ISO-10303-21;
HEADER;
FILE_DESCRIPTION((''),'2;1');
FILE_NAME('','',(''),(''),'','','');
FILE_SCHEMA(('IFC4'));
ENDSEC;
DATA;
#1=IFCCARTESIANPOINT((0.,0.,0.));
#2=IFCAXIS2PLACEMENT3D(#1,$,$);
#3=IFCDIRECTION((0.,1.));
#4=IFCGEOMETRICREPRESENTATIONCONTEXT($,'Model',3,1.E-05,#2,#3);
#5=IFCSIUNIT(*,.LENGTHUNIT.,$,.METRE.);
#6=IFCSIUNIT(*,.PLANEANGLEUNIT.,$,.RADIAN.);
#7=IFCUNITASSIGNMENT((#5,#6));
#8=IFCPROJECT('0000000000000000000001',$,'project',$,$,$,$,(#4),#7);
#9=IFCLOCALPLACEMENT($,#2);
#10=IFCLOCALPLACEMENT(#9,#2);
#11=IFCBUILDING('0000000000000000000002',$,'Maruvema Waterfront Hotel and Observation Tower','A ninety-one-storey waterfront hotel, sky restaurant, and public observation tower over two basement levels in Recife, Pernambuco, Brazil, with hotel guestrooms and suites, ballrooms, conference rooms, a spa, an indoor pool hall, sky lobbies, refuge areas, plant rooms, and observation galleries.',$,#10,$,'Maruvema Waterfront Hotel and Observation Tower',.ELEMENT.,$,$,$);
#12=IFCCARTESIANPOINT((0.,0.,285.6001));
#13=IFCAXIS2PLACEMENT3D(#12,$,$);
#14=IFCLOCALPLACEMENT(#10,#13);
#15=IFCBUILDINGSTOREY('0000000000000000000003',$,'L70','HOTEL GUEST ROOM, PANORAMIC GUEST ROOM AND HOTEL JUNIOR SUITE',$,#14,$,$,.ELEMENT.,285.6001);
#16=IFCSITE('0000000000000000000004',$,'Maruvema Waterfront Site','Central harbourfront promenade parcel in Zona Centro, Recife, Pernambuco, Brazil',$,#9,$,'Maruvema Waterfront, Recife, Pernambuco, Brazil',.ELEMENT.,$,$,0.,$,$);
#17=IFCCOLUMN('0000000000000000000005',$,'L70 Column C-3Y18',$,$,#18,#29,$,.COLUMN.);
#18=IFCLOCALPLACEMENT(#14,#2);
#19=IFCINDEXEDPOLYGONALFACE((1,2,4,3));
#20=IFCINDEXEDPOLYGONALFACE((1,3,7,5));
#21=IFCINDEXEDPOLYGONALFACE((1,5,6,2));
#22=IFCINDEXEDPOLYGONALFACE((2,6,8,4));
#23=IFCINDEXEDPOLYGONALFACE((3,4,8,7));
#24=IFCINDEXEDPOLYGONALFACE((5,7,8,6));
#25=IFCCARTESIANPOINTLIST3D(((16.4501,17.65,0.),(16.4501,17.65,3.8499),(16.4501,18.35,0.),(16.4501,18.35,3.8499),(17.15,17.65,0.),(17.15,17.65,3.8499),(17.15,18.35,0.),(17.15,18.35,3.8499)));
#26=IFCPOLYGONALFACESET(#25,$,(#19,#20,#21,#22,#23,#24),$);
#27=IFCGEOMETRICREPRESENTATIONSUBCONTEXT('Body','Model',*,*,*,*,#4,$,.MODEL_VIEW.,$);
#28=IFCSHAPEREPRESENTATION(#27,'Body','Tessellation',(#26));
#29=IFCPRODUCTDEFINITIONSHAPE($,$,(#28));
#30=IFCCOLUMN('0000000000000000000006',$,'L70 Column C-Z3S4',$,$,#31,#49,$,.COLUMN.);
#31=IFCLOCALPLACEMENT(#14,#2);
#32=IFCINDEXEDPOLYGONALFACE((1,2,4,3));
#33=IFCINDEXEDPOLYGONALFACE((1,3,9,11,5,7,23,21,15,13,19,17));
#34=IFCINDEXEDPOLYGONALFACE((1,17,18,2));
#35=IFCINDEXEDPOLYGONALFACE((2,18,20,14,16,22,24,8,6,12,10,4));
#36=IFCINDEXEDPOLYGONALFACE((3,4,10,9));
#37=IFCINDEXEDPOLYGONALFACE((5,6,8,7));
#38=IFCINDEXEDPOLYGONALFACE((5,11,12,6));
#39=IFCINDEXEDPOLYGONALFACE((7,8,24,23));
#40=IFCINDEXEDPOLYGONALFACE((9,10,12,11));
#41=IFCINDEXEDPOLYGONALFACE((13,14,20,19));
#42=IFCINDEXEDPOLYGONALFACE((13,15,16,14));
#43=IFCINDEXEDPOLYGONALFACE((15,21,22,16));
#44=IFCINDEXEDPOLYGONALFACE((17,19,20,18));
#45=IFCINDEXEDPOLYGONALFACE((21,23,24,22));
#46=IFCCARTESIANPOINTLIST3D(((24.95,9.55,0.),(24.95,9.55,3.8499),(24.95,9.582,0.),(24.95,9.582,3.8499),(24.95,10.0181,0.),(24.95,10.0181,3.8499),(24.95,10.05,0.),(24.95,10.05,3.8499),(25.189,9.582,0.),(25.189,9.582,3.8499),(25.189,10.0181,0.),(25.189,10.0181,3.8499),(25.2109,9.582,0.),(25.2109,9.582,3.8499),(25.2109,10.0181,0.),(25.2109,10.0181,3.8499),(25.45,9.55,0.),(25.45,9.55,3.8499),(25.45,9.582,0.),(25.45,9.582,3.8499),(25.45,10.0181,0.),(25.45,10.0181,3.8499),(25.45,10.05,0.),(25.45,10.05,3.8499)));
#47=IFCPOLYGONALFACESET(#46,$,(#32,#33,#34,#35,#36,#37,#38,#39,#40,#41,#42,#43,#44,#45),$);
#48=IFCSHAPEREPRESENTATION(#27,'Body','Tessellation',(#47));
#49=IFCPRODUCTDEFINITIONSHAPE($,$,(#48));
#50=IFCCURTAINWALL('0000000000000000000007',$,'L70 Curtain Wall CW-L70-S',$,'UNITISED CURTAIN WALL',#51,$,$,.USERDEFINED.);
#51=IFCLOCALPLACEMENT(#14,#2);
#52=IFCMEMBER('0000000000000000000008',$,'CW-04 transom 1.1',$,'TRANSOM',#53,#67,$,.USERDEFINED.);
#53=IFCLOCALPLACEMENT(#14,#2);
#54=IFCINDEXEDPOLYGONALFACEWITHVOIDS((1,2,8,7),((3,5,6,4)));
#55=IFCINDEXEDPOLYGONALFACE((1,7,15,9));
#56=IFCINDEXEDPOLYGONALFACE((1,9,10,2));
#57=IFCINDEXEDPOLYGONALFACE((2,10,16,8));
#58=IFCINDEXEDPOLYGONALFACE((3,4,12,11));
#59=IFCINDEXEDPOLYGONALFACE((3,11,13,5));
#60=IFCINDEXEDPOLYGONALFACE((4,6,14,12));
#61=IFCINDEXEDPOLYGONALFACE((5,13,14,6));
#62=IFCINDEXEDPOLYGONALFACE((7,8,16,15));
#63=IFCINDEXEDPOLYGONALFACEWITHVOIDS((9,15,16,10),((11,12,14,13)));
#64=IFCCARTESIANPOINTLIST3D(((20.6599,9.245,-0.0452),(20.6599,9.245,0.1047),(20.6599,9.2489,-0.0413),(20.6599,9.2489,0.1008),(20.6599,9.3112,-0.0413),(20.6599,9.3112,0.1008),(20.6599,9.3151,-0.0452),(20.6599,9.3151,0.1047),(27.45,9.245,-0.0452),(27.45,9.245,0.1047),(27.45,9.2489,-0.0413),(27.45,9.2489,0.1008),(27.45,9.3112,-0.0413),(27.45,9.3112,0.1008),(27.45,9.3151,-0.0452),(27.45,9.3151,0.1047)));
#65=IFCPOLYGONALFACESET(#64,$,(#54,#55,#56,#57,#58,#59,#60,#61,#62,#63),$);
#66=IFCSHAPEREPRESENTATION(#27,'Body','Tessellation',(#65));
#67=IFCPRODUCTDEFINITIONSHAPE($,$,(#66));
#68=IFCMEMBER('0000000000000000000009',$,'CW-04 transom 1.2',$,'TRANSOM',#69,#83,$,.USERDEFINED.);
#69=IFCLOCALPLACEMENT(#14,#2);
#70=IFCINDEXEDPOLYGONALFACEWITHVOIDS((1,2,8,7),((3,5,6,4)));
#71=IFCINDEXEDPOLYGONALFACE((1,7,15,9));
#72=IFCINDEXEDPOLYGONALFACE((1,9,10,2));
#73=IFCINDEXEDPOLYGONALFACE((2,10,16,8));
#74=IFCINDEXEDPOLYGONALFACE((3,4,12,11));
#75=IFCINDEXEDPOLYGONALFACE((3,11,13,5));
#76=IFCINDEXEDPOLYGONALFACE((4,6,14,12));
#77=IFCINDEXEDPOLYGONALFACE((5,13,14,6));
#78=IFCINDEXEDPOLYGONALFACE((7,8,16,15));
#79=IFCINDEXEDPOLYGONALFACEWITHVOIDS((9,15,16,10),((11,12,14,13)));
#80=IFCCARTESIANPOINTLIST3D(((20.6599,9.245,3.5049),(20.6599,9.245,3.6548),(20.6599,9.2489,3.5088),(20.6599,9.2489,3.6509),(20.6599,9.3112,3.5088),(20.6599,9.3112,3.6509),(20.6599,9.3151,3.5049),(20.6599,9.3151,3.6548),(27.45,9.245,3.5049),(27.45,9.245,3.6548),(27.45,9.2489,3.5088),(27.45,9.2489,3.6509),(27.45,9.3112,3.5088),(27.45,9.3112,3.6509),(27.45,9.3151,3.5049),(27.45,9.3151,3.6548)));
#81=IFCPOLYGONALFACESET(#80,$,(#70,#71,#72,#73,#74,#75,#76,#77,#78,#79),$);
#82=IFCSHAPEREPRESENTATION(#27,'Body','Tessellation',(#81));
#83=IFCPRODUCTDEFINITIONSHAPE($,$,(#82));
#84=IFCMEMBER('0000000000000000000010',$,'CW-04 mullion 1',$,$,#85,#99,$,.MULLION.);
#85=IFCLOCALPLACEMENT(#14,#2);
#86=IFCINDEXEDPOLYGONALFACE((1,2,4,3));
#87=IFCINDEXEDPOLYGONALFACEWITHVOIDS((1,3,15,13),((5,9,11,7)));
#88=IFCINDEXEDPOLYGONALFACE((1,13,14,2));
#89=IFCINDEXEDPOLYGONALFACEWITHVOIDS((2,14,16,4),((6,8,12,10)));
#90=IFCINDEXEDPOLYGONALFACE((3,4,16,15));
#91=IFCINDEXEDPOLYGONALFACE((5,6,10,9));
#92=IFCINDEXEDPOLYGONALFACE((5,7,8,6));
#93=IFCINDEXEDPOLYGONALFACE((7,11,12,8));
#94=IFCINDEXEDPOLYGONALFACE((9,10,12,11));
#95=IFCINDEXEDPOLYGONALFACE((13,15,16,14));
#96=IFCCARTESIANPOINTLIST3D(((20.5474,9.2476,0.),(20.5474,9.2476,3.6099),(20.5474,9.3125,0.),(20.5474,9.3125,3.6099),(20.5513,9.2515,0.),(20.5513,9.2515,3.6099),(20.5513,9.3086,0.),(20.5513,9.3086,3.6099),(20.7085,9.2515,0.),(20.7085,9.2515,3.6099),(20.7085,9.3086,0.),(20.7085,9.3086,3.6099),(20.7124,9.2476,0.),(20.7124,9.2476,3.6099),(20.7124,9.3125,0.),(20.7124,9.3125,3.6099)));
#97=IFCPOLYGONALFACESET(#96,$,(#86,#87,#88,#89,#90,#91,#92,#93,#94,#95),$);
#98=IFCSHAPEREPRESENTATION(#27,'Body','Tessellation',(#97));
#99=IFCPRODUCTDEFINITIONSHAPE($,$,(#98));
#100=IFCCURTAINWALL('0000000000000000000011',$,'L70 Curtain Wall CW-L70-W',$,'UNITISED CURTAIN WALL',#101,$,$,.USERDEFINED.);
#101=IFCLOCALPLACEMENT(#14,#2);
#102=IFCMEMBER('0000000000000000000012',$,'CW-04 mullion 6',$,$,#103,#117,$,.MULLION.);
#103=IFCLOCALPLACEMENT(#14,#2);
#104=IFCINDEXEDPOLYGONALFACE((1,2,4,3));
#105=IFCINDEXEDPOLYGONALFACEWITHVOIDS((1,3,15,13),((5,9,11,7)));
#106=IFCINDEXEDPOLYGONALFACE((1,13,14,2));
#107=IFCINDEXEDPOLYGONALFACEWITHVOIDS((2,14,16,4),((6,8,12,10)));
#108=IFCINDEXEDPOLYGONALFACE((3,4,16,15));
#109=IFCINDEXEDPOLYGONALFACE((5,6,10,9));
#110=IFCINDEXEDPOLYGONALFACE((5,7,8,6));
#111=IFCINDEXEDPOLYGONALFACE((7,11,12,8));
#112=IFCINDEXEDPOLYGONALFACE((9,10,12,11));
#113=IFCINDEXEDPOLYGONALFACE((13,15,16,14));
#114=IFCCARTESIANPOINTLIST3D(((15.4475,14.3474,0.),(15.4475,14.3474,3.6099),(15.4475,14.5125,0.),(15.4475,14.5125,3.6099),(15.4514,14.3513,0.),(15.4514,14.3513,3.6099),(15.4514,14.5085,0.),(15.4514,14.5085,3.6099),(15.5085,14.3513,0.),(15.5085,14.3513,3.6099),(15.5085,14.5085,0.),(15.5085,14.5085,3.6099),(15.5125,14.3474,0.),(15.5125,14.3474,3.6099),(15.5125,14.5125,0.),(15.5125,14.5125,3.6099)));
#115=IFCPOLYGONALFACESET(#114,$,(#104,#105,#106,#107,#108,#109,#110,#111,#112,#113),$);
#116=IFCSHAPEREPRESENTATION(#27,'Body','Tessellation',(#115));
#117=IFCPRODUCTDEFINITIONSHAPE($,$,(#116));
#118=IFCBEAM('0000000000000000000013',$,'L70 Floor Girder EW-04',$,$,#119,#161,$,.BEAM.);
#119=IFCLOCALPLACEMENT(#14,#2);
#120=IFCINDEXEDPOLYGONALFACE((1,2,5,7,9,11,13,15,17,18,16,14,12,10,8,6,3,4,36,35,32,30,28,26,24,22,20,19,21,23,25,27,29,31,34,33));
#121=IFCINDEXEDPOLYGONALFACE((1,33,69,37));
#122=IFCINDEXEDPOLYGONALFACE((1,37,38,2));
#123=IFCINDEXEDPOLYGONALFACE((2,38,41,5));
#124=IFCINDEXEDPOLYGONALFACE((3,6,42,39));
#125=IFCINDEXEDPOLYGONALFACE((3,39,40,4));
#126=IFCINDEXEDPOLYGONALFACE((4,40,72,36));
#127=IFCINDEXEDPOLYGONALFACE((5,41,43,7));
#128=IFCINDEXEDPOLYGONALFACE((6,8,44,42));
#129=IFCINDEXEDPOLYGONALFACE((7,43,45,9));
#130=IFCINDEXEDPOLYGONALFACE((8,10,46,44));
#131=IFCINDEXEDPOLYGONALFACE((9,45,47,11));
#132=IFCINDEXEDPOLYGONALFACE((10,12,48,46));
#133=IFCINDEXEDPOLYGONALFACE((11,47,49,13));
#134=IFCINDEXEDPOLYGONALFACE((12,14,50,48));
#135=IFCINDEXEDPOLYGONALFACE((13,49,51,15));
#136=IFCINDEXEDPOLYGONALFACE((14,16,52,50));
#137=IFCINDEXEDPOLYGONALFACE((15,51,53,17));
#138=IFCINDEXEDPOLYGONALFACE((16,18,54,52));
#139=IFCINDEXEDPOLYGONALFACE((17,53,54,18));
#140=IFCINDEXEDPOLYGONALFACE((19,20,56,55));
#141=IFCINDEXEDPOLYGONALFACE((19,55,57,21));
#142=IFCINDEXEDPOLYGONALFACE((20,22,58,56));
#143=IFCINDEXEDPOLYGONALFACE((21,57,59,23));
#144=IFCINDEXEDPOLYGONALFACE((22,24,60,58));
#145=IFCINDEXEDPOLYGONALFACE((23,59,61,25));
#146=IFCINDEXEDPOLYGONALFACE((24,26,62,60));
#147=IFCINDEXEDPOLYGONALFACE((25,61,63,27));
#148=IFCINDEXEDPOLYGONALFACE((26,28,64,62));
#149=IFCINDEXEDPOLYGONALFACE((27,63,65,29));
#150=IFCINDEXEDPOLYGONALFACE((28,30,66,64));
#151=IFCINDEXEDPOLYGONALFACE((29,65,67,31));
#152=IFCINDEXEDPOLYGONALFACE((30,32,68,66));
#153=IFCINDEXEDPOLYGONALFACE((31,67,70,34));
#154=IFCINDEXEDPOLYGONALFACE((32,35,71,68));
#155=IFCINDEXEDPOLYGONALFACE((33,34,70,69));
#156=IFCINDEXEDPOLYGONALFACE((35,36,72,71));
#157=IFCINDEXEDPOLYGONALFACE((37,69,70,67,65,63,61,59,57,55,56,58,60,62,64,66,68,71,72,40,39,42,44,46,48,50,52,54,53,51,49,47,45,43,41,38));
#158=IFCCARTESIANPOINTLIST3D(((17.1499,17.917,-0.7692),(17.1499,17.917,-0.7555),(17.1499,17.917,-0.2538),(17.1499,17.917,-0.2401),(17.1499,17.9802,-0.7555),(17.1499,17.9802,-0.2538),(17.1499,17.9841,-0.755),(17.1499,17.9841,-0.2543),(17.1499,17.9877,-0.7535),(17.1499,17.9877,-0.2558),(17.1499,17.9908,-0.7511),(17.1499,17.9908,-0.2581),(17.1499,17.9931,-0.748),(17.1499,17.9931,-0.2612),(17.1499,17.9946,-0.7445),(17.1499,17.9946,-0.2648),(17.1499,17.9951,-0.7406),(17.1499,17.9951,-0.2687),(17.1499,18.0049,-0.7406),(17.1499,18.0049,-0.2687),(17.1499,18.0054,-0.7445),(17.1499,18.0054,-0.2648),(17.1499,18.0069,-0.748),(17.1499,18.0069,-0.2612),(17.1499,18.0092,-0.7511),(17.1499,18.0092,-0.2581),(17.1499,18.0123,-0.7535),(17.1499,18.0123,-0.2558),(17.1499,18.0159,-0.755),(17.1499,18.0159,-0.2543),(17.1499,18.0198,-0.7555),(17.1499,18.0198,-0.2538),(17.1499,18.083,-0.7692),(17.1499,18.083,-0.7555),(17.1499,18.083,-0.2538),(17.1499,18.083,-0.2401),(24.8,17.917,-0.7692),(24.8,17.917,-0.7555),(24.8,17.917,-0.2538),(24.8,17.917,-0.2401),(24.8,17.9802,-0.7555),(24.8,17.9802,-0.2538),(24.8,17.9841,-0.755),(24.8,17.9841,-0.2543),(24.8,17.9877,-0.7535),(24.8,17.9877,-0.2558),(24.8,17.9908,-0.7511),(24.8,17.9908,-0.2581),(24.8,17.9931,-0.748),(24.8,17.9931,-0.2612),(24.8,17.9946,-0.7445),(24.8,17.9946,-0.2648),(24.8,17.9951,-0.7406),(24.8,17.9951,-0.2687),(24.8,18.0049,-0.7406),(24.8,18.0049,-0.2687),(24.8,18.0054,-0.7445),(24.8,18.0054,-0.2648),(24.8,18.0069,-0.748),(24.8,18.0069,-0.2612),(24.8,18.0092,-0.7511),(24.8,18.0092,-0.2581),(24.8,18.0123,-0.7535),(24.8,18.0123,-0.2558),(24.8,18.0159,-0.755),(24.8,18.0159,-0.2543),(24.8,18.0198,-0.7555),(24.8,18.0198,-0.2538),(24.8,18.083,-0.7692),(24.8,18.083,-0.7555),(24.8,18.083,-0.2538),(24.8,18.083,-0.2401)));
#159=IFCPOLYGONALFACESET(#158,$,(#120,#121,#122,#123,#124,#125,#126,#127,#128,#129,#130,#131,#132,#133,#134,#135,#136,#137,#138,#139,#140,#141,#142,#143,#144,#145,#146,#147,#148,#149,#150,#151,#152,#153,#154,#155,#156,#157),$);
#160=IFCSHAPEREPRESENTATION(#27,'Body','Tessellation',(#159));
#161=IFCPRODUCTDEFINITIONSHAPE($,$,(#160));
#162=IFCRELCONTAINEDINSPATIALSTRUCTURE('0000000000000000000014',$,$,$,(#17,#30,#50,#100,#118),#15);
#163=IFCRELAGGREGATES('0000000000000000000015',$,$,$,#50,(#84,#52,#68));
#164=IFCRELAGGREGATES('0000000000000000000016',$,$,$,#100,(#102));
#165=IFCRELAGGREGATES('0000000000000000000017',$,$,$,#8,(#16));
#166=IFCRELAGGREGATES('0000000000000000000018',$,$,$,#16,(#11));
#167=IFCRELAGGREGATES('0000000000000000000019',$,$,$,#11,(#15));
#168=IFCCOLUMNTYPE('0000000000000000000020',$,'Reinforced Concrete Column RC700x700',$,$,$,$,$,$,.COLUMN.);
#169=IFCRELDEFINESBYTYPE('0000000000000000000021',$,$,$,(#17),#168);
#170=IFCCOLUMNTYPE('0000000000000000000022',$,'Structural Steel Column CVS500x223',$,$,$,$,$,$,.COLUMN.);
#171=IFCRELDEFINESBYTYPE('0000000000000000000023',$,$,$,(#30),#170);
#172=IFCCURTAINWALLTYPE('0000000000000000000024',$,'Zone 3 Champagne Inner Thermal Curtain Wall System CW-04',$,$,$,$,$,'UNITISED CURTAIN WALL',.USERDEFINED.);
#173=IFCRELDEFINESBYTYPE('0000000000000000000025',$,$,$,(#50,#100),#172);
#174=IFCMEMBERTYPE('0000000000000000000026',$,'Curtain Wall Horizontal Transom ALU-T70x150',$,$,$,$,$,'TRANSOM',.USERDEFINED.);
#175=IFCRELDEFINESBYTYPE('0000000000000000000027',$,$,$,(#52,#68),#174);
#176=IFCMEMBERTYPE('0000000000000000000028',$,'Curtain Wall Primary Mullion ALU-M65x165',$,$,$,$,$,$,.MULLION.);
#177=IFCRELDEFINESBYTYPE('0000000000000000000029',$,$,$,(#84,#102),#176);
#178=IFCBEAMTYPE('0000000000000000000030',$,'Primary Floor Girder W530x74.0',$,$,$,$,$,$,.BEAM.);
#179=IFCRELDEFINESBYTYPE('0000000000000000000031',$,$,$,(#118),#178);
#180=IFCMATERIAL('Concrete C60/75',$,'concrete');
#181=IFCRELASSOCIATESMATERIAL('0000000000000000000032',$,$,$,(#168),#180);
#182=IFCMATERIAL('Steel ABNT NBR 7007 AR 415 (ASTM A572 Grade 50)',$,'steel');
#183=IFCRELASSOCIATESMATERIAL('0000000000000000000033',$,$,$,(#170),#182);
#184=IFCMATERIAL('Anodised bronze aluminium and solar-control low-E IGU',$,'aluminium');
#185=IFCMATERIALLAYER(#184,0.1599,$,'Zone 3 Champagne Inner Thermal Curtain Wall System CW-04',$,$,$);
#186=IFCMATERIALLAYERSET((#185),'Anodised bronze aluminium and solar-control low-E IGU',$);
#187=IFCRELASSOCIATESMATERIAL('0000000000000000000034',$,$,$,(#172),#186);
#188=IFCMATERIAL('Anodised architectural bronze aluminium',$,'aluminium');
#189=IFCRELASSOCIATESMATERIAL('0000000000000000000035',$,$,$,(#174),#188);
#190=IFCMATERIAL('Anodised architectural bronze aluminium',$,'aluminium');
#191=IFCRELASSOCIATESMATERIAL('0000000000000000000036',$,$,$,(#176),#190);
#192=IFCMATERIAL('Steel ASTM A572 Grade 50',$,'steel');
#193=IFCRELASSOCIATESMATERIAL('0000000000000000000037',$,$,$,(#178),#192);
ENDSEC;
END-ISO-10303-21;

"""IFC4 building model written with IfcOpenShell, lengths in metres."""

from ifc_helpers import new_model, si_unit, direction, frame, origin, origin_2d, place, context, subcontext, project, spatial, rectangle, hollow_rectangle, i_section, extrude, material, layer, layer_set, material_profile, profile_set, type_object, element, aggregate, save


model = new_model("IFC4")

# Units and contexts
model_context = context("Model", 3, precision=1e-05, world=origin(), true_north=direction((0.0, 1.0)))
body_context = subcontext(model_context, "Body", "Model", "MODEL_VIEW")
ifc_project = project(units=[si_unit("LENGTHUNIT", "METRE"), si_unit("PLANEANGLEUNIT", "RADIAN")], contexts=[model_context])

# Site, building, storey
site_placement = place(None, origin())
site = spatial("IfcSite", under=ifc_project, at=site_placement, Name="Maruvema Waterfront Site", Description="Central harbourfront promenade parcel in Zona Centro, Recife, Pernambuco, Brazil", LongName="Maruvema Waterfront, Recife, Pernambuco, Brazil", CompositionType="ELEMENT", RefElevation=0.0)
building_placement = place(site_placement, origin())
building = spatial("IfcBuilding", under=site, at=building_placement, Name="Maruvema Waterfront Hotel and Observation Tower", Description="A ninety-one-storey waterfront hotel, sky restaurant, and public observation tower over two basement levels in Recife, Pernambuco, Brazil, with hotel guestrooms and suites, ballrooms, conference rooms, a spa, an indoor pool hall, sky lobbies, refuge areas, plant rooms, and observation galleries.", LongName="Maruvema Waterfront Hotel and Observation Tower", CompositionType="ELEMENT")
storey_placement = place(building_placement, frame((0.0, 0.0, 285.6001)))
storey = spatial("IfcBuildingStorey", under=building, at=storey_placement, Name="L70", Description="HOTEL GUEST ROOM, PANORAMIC GUEST ROOM AND HOTEL JUNIOR SUITE", CompositionType="ELEMENT", Elevation=285.6001)

# Columns
ifc_material_1 = material(Name="Concrete C60/75", Category="concrete")
ifc_material_profile_1 = material_profile(ifc_material_1, rectangle(XDim=0.7, YDim=0.7, at=origin_2d()), Name="RC700x700")
ifc_profile_set_1 = profile_set([ifc_material_profile_1], Name="Concrete C60/75")
column_type_1 = type_object("IfcColumnType", Name="Reinforced Concrete Column RC700x700", PredefinedType="COLUMN", material=ifc_profile_set_1)
column_1_placement = place(storey_placement, frame((16.8, 18.0, 0.0), z_axis=(0.0, 0.0, 1.0), x_axis=(1.0, 0.0, 0.0)))
element("IfcColumn", 1, at=column_1_placement, inside=storey, type_object=column_type_1, Name="L70 Column C-3Y18", PredefinedType="COLUMN", context=body_context, shape_type="SweptSolid", body=[
    extrude(rectangle(XDim=0.7, YDim=0.7, at=origin_2d()), origin(), (0.0, 0.0, 1.0), 3.8499),
])
ifc_material_2 = material(Name="Steel ABNT NBR 7007 AR 415 (ASTM A572 Grade 50)", Category="steel")
ifc_material_profile_2 = material_profile(ifc_material_2, i_section(OverallWidth=0.5, OverallDepth=0.5, WebThickness=0.022, FlangeThickness=0.032, at=origin_2d()), Name="CVS500x223")
ifc_profile_set_2 = profile_set([ifc_material_profile_2], Name="Steel ABNT NBR 7007 AR 415 (ASTM A572 Grade 50)")
column_type_2 = type_object("IfcColumnType", Name="Structural Steel Column CVS500x223", PredefinedType="COLUMN", material=ifc_profile_set_2)
column_2_placement = place(storey_placement, frame((25.2, 9.8, 0.0), z_axis=(0.0, 0.0, 1.0), x_axis=(1.0, 0.0, 0.0)))
element("IfcColumn", 2, at=column_2_placement, inside=storey, type_object=column_type_2, Name="L70 Column C-Z3S4", PredefinedType="COLUMN", context=body_context, shape_type="SweptSolid", body=[
    extrude(i_section(OverallWidth=0.5, OverallDepth=0.5, WebThickness=0.022, FlangeThickness=0.032, at=origin_2d()), origin(), (0.0, 0.0, 1.0), 3.8499),
])

# Curtain wall, members
ifc_material_3 = material(Name="Anodised bronze aluminium and solar-control low-E IGU", Category="aluminium")
ifc_layer_1 = layer(ifc_material_3, 0.1599, Name="Zone 3 Champagne Inner Thermal Curtain Wall System CW-04")
ifc_layer_set_1 = layer_set([ifc_layer_1], Name="Anodised bronze aluminium and solar-control low-E IGU")
curtain_wall_type = type_object("IfcCurtainWallType", Name="Zone 3 Champagne Inner Thermal Curtain Wall System CW-04", ElementType="UNITISED CURTAIN WALL", PredefinedType="USERDEFINED", material=ifc_layer_set_1)
curtain_wall_1_placement = place(storey_placement, origin())
curtain_wall_1 = element("IfcCurtainWall", 3, at=curtain_wall_1_placement, inside=storey, type_object=curtain_wall_type, Name="L70 Curtain Wall CW-L70-S", ObjectType="UNITISED CURTAIN WALL", PredefinedType="USERDEFINED")
ifc_material_4 = material(Name="Anodised architectural bronze aluminium", Category="aluminium")
ifc_material_profile_3 = material_profile(ifc_material_4, hollow_rectangle(XDim=0.0701, YDim=0.1499, WallThickness=0.0039, at=origin_2d()), Name="ALU-T70x150")
ifc_profile_set_3 = profile_set([ifc_material_profile_3], Name="Anodised architectural bronze aluminium")
member_type_1 = type_object("IfcMemberType", Name="Curtain Wall Horizontal Transom ALU-T70x150", ElementType="TRANSOM", PredefinedType="USERDEFINED", material=ifc_profile_set_3)
member_1_placement = place(storey_placement, frame((20.6599, 9.28, 0.0298), z_axis=(1.0, 0.0, 0.0), x_axis=(0.0, 1.0, 0.0)))
member_1 = element("IfcMember", 4, at=member_1_placement, type_object=member_type_1, Name="CW-04 transom 1.1", ObjectType="TRANSOM", PredefinedType="USERDEFINED", context=body_context, shape_type="SweptSolid", body=[
    extrude(hollow_rectangle(XDim=0.0701, YDim=0.1499, WallThickness=0.0039, at=origin_2d()), origin(), (0.0, 0.0, 1.0), 6.79),
])
member_2_placement = place(storey_placement, frame((20.6599, 9.28, 3.5798), z_axis=(1.0, 0.0, 0.0), x_axis=(0.0, 1.0, 0.0)))
member_2 = element("IfcMember", 5, at=member_2_placement, type_object=member_type_1, Name="CW-04 transom 1.2", ObjectType="TRANSOM", PredefinedType="USERDEFINED", context=body_context, shape_type="SweptSolid", body=[
    extrude(hollow_rectangle(XDim=0.0701, YDim=0.1499, WallThickness=0.0039, at=origin_2d()), origin(), (0.0, 0.0, 1.0), 6.79),
])
ifc_material_5 = material(Name="Anodised architectural bronze aluminium", Category="aluminium")
ifc_material_profile_4 = material_profile(ifc_material_5, hollow_rectangle(XDim=0.0649, YDim=0.165, WallThickness=0.0039, at=origin_2d()), Name="ALU-M65x165")
ifc_profile_set_4 = profile_set([ifc_material_profile_4], Name="Anodised architectural bronze aluminium")
member_type_2 = type_object("IfcMemberType", Name="Curtain Wall Primary Mullion ALU-M65x165", PredefinedType="MULLION", material=ifc_profile_set_4)
member_3_placement = place(storey_placement, frame((20.6299, 9.28, 0.0), z_axis=(0.0, 0.0, 1.0), x_axis=(0.0, 1.0, 0.0)))
member_3 = element("IfcMember", 6, at=member_3_placement, type_object=member_type_2, Name="CW-04 mullion 1", PredefinedType="MULLION", context=body_context, shape_type="SweptSolid", body=[
    extrude(hollow_rectangle(XDim=0.0649, YDim=0.165, WallThickness=0.0039, at=origin_2d()), origin(), (0.0, 0.0, 1.0), 3.6099),
])

# Curtain wall, member
curtain_wall_2_placement = place(storey_placement, origin())
curtain_wall_2 = element("IfcCurtainWall", 7, at=curtain_wall_2_placement, inside=storey, type_object=curtain_wall_type, Name="L70 Curtain Wall CW-L70-W", ObjectType="UNITISED CURTAIN WALL", PredefinedType="USERDEFINED")
member_4_placement = place(storey_placement, frame((15.48, 14.4299, 0.0), z_axis=(0.0, 0.0, 1.0), x_axis=(1.0, 0.0, 0.0)))
member_4 = element("IfcMember", 8, at=member_4_placement, type_object=member_type_2, Name="CW-04 mullion 6", PredefinedType="MULLION", context=body_context, shape_type="SweptSolid", body=[
    extrude(hollow_rectangle(XDim=0.0649, YDim=0.165, WallThickness=0.0039, at=origin_2d()), origin(), (0.0, 0.0, 1.0), 3.6099),
])

# Beam
ifc_material_6 = material(Name="Steel ASTM A572 Grade 50", Category="steel")
ifc_material_profile_5 = material_profile(ifc_material_6, i_section(OverallWidth=0.166, OverallDepth=0.5291, WebThickness=0.0098, FlangeThickness=0.0137, FilletRadius=0.0149, at=origin_2d()), Name="W530x74.0")
ifc_profile_set_5 = profile_set([ifc_material_profile_5], Name="Steel ASTM A572 Grade 50")
beam_type_1 = type_object("IfcBeamType", Name="Primary Floor Girder W530x74.0", PredefinedType="BEAM", material=ifc_profile_set_5)
beam_1_placement = place(storey_placement, frame((17.1499, 18.0, -0.5046), z_axis=(1.0, 0.0, 0.0), x_axis=(0.0, 1.0, 0.0)))
element("IfcBeam", 9, at=beam_1_placement, inside=storey, type_object=beam_type_1, Name="L70 Floor Girder EW-04", PredefinedType="BEAM", context=body_context, shape_type="SweptSolid", body=[
    extrude(i_section(OverallWidth=0.166, OverallDepth=0.5291, WebThickness=0.0098, FlangeThickness=0.0137, FilletRadius=0.0149, at=origin_2d()), origin(), (0.0, 0.0, 1.0), 7.6501),
])

aggregate(curtain_wall_1, [member_3, member_1, member_2])
aggregate(curtain_wall_2, [member_4])

save(model, "model.ifc")
